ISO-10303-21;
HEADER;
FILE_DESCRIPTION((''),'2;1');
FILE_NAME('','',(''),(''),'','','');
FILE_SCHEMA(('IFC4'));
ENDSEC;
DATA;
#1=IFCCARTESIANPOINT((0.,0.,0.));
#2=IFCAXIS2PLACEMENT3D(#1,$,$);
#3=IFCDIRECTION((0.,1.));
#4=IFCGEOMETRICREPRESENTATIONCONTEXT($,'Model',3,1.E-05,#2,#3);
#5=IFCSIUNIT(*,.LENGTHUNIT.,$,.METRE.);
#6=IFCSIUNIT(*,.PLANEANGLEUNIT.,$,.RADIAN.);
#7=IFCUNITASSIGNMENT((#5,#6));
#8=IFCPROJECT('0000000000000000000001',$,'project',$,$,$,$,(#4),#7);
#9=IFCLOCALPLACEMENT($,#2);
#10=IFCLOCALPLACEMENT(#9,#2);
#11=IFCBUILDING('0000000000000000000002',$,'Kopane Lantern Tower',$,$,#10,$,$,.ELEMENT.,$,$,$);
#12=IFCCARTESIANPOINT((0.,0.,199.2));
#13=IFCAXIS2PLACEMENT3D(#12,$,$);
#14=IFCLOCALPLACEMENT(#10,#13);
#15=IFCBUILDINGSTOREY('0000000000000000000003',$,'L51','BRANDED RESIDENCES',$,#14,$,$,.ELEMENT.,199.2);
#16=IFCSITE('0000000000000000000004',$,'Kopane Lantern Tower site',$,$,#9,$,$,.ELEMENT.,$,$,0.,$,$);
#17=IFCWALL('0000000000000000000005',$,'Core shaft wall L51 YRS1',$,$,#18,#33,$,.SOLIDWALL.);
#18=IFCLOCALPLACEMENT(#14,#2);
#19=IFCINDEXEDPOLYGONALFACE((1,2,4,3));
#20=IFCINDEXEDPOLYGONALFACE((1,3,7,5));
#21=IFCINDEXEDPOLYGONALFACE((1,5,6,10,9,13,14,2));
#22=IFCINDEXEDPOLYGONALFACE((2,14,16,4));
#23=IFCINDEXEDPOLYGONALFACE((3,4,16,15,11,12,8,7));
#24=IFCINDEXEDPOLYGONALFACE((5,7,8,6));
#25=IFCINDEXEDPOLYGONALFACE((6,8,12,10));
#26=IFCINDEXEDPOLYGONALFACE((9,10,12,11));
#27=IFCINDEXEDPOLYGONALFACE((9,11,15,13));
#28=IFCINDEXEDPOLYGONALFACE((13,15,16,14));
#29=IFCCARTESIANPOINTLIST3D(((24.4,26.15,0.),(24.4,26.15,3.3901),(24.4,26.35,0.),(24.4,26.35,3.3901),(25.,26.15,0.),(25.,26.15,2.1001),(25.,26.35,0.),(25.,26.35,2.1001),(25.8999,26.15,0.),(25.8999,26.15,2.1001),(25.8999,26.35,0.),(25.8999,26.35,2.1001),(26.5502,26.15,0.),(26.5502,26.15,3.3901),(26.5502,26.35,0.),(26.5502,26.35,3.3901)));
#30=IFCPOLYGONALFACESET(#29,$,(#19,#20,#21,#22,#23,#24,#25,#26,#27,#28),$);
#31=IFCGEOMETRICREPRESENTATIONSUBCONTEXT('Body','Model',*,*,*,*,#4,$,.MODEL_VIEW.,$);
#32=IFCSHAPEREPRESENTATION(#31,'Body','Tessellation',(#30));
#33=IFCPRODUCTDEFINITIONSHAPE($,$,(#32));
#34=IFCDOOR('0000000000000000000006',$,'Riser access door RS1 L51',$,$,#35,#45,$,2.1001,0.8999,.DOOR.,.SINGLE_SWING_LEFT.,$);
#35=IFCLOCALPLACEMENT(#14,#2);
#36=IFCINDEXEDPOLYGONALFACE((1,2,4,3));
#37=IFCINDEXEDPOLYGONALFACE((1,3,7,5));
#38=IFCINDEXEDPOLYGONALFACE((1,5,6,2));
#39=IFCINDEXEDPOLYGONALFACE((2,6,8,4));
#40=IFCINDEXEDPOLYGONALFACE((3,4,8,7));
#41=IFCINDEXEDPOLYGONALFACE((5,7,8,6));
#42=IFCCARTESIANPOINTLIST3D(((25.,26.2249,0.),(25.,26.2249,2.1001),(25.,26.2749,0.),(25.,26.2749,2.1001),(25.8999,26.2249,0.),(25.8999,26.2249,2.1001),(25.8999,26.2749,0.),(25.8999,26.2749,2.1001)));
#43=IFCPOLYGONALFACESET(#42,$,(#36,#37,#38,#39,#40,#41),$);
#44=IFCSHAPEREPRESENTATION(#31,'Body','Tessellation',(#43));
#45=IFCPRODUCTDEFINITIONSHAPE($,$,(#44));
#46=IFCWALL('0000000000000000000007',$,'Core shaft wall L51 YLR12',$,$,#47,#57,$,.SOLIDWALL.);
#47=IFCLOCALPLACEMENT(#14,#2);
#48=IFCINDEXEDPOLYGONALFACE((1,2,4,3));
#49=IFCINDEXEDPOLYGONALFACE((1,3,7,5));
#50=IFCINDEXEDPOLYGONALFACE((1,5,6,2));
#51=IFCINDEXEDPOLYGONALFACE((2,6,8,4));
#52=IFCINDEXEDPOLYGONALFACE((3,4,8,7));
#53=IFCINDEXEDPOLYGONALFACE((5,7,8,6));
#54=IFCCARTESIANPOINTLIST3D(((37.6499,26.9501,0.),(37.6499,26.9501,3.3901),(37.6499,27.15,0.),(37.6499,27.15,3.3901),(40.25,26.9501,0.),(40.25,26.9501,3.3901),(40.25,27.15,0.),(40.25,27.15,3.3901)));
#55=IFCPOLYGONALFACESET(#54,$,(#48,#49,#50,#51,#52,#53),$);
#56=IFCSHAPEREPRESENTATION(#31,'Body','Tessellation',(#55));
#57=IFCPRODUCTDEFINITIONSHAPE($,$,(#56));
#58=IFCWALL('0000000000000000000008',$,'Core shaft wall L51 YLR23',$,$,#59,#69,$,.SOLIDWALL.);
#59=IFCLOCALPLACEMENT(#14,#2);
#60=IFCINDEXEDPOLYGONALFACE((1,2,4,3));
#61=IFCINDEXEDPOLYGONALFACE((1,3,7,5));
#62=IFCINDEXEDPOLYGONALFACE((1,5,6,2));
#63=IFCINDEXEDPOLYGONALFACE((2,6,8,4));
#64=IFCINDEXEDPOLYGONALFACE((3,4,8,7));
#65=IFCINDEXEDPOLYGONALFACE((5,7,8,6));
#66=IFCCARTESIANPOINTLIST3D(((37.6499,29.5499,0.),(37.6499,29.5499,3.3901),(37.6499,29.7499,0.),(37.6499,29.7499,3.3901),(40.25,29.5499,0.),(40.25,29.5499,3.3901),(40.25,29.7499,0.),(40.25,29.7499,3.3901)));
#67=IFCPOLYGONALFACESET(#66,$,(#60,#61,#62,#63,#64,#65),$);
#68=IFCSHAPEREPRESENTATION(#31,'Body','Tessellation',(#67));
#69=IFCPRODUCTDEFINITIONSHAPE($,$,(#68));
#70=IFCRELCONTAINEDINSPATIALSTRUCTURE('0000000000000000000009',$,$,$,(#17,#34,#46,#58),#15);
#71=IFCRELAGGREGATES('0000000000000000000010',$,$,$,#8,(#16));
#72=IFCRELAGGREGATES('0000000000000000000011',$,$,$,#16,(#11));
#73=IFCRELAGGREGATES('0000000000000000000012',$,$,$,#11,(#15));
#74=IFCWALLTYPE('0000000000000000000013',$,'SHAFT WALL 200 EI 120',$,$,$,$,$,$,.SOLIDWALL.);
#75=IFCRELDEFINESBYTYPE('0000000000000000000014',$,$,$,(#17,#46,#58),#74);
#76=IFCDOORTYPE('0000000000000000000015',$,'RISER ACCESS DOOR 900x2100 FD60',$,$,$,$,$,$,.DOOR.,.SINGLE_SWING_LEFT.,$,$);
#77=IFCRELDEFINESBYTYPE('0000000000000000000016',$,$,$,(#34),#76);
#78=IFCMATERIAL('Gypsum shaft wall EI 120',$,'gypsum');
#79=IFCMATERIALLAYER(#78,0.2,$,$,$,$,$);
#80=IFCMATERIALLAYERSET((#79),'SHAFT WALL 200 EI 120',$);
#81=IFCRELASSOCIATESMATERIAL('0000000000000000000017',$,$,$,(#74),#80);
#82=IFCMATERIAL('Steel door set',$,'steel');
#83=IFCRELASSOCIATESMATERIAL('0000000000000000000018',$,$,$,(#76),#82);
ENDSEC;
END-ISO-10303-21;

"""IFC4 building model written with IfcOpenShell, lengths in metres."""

from ifc_helpers import new_model, si_unit, direction, frame, frame_2d, origin, place, context, subcontext, project, spatial, rectangle, extrude, material, layer, layer_set, type_object, element, fill, save


model = new_model("IFC4")

# Units and contexts
model_context = context("Model", 3, precision=1e-05, world=origin(), true_north=direction((0.0, 1.0)))
body_context = subcontext(model_context, "Body", "Model", "MODEL_VIEW")
ifc_project = project(units=[si_unit("LENGTHUNIT", "METRE"), si_unit("PLANEANGLEUNIT", "RADIAN")], contexts=[model_context])

# Site, building, storey
site_placement = place(None, origin())
site = spatial("IfcSite", under=ifc_project, at=site_placement, Name="Kopane Lantern Tower site", CompositionType="ELEMENT", RefElevation=0.0)
building_placement = place(site_placement, origin())
building = spatial("IfcBuilding", under=site, at=building_placement, Name="Kopane Lantern Tower", CompositionType="ELEMENT")
storey_placement = place(building_placement, frame((0.0, 0.0, 199.2)))
storey = spatial("IfcBuildingStorey", under=building, at=storey_placement, Name="L51", Description="BRANDED RESIDENCES", CompositionType="ELEMENT", Elevation=199.2)

# Shared definitions
ifc_material_1 = material(Name="Gypsum shaft wall EI 120", Category="gypsum")
ifc_layer_1 = layer(ifc_material_1, 0.2)
ifc_layer_set_1 = layer_set([ifc_layer_1], Name="SHAFT WALL 200 EI 120")
wall_type_1 = type_object("IfcWallType", Name="SHAFT WALL 200 EI 120", PredefinedType="SOLIDWALL", material=ifc_layer_set_1)

# Wall, opening, door
wall_1_placement = place(storey_placement, frame((24.3999, 26.25, 0.0), z_axis=(0.0, 0.0, 1.0), x_axis=(1.0, 0.0, 0.0)))
wall_1 = element("IfcWall", 1, at=wall_1_placement, inside=storey, type_object=wall_type_1, Name="Core shaft wall L51 YRS1", PredefinedType="SOLIDWALL", context=body_context, shape_type="SweptSolid", body=[
    extrude(rectangle(XDim=2.1501, YDim=0.2, at=frame_2d((1.0752, 0.0))), origin(), (0.0, 0.0, 1.0), 3.3901),
])
opening_1_placement = place(wall_1_placement, frame((0.6001, 0.0, 0.0)))
opening_1 = element("IfcOpeningElement", 2, at=opening_1_placement, cuts=wall_1, PredefinedType="OPENING", context=body_context, shape_type="SweptSolid", body=[
    extrude(rectangle(XDim=0.8999, YDim=2.1001, at=frame_2d((0.45, 1.05))), frame((0.0, 0.1099, 0.0), z_axis=(0.0, -1.0, 0.0), x_axis=(1.0, 0.0, 0.0)), (0.0, 0.0, 1.0), 0.22),
])
ifc_material_2 = material(Name="Steel door set", Category="steel")
door_type_1 = type_object("IfcDoorType", Name="RISER ACCESS DOOR 900x2100 FD60", OperationType="SINGLE_SWING_LEFT", PredefinedType="DOOR", material=ifc_material_2)
door_1_placement = place(opening_1_placement, origin())
door_1 = element("IfcDoor", 3, at=door_1_placement, inside=storey, type_object=door_type_1, Name="Riser access door RS1 L51", OperationType="SINGLE_SWING_LEFT", OverallHeight=2.1001, OverallWidth=0.8999, PredefinedType="DOOR", context=body_context, shape_type="SweptSolid", body=[
    extrude(rectangle(XDim=0.8999, YDim=2.1001, at=frame_2d((0.45, 1.05))), frame((0.0, 0.0249, 0.0), z_axis=(0.0, -1.0, 0.0), x_axis=(1.0, 0.0, 0.0)), (0.0, 0.0, 1.0), 0.05),
])
fill(opening_1, door_1)

# Walls
for number, where, z_axis, x_axis, name in (
    (4, (37.6499, 27.05, 0.0), (0.0, 0.0, 1.0), (1.0, 0.0, 0.0), "Core shaft wall L51 YLR12"),
    (5, (37.6499, 29.6499, 0.0), (0.0, 0.0, 1.0), (1.0, 0.0, 0.0), "Core shaft wall L51 YLR23"),
):
    element("IfcWall", number, at=place(storey_placement, frame(where, z_axis=z_axis, x_axis=x_axis)), inside=storey, type_object=wall_type_1, Name=name, PredefinedType="SOLIDWALL", context=body_context, shape_type="SweptSolid", body=[
        extrude(rectangle(XDim=2.6001, YDim=0.2, at=frame_2d((1.3, 0.0))), origin(), (0.0, 0.0, 1.0), 3.3901),
    ])

save(model, "model.ifc")
